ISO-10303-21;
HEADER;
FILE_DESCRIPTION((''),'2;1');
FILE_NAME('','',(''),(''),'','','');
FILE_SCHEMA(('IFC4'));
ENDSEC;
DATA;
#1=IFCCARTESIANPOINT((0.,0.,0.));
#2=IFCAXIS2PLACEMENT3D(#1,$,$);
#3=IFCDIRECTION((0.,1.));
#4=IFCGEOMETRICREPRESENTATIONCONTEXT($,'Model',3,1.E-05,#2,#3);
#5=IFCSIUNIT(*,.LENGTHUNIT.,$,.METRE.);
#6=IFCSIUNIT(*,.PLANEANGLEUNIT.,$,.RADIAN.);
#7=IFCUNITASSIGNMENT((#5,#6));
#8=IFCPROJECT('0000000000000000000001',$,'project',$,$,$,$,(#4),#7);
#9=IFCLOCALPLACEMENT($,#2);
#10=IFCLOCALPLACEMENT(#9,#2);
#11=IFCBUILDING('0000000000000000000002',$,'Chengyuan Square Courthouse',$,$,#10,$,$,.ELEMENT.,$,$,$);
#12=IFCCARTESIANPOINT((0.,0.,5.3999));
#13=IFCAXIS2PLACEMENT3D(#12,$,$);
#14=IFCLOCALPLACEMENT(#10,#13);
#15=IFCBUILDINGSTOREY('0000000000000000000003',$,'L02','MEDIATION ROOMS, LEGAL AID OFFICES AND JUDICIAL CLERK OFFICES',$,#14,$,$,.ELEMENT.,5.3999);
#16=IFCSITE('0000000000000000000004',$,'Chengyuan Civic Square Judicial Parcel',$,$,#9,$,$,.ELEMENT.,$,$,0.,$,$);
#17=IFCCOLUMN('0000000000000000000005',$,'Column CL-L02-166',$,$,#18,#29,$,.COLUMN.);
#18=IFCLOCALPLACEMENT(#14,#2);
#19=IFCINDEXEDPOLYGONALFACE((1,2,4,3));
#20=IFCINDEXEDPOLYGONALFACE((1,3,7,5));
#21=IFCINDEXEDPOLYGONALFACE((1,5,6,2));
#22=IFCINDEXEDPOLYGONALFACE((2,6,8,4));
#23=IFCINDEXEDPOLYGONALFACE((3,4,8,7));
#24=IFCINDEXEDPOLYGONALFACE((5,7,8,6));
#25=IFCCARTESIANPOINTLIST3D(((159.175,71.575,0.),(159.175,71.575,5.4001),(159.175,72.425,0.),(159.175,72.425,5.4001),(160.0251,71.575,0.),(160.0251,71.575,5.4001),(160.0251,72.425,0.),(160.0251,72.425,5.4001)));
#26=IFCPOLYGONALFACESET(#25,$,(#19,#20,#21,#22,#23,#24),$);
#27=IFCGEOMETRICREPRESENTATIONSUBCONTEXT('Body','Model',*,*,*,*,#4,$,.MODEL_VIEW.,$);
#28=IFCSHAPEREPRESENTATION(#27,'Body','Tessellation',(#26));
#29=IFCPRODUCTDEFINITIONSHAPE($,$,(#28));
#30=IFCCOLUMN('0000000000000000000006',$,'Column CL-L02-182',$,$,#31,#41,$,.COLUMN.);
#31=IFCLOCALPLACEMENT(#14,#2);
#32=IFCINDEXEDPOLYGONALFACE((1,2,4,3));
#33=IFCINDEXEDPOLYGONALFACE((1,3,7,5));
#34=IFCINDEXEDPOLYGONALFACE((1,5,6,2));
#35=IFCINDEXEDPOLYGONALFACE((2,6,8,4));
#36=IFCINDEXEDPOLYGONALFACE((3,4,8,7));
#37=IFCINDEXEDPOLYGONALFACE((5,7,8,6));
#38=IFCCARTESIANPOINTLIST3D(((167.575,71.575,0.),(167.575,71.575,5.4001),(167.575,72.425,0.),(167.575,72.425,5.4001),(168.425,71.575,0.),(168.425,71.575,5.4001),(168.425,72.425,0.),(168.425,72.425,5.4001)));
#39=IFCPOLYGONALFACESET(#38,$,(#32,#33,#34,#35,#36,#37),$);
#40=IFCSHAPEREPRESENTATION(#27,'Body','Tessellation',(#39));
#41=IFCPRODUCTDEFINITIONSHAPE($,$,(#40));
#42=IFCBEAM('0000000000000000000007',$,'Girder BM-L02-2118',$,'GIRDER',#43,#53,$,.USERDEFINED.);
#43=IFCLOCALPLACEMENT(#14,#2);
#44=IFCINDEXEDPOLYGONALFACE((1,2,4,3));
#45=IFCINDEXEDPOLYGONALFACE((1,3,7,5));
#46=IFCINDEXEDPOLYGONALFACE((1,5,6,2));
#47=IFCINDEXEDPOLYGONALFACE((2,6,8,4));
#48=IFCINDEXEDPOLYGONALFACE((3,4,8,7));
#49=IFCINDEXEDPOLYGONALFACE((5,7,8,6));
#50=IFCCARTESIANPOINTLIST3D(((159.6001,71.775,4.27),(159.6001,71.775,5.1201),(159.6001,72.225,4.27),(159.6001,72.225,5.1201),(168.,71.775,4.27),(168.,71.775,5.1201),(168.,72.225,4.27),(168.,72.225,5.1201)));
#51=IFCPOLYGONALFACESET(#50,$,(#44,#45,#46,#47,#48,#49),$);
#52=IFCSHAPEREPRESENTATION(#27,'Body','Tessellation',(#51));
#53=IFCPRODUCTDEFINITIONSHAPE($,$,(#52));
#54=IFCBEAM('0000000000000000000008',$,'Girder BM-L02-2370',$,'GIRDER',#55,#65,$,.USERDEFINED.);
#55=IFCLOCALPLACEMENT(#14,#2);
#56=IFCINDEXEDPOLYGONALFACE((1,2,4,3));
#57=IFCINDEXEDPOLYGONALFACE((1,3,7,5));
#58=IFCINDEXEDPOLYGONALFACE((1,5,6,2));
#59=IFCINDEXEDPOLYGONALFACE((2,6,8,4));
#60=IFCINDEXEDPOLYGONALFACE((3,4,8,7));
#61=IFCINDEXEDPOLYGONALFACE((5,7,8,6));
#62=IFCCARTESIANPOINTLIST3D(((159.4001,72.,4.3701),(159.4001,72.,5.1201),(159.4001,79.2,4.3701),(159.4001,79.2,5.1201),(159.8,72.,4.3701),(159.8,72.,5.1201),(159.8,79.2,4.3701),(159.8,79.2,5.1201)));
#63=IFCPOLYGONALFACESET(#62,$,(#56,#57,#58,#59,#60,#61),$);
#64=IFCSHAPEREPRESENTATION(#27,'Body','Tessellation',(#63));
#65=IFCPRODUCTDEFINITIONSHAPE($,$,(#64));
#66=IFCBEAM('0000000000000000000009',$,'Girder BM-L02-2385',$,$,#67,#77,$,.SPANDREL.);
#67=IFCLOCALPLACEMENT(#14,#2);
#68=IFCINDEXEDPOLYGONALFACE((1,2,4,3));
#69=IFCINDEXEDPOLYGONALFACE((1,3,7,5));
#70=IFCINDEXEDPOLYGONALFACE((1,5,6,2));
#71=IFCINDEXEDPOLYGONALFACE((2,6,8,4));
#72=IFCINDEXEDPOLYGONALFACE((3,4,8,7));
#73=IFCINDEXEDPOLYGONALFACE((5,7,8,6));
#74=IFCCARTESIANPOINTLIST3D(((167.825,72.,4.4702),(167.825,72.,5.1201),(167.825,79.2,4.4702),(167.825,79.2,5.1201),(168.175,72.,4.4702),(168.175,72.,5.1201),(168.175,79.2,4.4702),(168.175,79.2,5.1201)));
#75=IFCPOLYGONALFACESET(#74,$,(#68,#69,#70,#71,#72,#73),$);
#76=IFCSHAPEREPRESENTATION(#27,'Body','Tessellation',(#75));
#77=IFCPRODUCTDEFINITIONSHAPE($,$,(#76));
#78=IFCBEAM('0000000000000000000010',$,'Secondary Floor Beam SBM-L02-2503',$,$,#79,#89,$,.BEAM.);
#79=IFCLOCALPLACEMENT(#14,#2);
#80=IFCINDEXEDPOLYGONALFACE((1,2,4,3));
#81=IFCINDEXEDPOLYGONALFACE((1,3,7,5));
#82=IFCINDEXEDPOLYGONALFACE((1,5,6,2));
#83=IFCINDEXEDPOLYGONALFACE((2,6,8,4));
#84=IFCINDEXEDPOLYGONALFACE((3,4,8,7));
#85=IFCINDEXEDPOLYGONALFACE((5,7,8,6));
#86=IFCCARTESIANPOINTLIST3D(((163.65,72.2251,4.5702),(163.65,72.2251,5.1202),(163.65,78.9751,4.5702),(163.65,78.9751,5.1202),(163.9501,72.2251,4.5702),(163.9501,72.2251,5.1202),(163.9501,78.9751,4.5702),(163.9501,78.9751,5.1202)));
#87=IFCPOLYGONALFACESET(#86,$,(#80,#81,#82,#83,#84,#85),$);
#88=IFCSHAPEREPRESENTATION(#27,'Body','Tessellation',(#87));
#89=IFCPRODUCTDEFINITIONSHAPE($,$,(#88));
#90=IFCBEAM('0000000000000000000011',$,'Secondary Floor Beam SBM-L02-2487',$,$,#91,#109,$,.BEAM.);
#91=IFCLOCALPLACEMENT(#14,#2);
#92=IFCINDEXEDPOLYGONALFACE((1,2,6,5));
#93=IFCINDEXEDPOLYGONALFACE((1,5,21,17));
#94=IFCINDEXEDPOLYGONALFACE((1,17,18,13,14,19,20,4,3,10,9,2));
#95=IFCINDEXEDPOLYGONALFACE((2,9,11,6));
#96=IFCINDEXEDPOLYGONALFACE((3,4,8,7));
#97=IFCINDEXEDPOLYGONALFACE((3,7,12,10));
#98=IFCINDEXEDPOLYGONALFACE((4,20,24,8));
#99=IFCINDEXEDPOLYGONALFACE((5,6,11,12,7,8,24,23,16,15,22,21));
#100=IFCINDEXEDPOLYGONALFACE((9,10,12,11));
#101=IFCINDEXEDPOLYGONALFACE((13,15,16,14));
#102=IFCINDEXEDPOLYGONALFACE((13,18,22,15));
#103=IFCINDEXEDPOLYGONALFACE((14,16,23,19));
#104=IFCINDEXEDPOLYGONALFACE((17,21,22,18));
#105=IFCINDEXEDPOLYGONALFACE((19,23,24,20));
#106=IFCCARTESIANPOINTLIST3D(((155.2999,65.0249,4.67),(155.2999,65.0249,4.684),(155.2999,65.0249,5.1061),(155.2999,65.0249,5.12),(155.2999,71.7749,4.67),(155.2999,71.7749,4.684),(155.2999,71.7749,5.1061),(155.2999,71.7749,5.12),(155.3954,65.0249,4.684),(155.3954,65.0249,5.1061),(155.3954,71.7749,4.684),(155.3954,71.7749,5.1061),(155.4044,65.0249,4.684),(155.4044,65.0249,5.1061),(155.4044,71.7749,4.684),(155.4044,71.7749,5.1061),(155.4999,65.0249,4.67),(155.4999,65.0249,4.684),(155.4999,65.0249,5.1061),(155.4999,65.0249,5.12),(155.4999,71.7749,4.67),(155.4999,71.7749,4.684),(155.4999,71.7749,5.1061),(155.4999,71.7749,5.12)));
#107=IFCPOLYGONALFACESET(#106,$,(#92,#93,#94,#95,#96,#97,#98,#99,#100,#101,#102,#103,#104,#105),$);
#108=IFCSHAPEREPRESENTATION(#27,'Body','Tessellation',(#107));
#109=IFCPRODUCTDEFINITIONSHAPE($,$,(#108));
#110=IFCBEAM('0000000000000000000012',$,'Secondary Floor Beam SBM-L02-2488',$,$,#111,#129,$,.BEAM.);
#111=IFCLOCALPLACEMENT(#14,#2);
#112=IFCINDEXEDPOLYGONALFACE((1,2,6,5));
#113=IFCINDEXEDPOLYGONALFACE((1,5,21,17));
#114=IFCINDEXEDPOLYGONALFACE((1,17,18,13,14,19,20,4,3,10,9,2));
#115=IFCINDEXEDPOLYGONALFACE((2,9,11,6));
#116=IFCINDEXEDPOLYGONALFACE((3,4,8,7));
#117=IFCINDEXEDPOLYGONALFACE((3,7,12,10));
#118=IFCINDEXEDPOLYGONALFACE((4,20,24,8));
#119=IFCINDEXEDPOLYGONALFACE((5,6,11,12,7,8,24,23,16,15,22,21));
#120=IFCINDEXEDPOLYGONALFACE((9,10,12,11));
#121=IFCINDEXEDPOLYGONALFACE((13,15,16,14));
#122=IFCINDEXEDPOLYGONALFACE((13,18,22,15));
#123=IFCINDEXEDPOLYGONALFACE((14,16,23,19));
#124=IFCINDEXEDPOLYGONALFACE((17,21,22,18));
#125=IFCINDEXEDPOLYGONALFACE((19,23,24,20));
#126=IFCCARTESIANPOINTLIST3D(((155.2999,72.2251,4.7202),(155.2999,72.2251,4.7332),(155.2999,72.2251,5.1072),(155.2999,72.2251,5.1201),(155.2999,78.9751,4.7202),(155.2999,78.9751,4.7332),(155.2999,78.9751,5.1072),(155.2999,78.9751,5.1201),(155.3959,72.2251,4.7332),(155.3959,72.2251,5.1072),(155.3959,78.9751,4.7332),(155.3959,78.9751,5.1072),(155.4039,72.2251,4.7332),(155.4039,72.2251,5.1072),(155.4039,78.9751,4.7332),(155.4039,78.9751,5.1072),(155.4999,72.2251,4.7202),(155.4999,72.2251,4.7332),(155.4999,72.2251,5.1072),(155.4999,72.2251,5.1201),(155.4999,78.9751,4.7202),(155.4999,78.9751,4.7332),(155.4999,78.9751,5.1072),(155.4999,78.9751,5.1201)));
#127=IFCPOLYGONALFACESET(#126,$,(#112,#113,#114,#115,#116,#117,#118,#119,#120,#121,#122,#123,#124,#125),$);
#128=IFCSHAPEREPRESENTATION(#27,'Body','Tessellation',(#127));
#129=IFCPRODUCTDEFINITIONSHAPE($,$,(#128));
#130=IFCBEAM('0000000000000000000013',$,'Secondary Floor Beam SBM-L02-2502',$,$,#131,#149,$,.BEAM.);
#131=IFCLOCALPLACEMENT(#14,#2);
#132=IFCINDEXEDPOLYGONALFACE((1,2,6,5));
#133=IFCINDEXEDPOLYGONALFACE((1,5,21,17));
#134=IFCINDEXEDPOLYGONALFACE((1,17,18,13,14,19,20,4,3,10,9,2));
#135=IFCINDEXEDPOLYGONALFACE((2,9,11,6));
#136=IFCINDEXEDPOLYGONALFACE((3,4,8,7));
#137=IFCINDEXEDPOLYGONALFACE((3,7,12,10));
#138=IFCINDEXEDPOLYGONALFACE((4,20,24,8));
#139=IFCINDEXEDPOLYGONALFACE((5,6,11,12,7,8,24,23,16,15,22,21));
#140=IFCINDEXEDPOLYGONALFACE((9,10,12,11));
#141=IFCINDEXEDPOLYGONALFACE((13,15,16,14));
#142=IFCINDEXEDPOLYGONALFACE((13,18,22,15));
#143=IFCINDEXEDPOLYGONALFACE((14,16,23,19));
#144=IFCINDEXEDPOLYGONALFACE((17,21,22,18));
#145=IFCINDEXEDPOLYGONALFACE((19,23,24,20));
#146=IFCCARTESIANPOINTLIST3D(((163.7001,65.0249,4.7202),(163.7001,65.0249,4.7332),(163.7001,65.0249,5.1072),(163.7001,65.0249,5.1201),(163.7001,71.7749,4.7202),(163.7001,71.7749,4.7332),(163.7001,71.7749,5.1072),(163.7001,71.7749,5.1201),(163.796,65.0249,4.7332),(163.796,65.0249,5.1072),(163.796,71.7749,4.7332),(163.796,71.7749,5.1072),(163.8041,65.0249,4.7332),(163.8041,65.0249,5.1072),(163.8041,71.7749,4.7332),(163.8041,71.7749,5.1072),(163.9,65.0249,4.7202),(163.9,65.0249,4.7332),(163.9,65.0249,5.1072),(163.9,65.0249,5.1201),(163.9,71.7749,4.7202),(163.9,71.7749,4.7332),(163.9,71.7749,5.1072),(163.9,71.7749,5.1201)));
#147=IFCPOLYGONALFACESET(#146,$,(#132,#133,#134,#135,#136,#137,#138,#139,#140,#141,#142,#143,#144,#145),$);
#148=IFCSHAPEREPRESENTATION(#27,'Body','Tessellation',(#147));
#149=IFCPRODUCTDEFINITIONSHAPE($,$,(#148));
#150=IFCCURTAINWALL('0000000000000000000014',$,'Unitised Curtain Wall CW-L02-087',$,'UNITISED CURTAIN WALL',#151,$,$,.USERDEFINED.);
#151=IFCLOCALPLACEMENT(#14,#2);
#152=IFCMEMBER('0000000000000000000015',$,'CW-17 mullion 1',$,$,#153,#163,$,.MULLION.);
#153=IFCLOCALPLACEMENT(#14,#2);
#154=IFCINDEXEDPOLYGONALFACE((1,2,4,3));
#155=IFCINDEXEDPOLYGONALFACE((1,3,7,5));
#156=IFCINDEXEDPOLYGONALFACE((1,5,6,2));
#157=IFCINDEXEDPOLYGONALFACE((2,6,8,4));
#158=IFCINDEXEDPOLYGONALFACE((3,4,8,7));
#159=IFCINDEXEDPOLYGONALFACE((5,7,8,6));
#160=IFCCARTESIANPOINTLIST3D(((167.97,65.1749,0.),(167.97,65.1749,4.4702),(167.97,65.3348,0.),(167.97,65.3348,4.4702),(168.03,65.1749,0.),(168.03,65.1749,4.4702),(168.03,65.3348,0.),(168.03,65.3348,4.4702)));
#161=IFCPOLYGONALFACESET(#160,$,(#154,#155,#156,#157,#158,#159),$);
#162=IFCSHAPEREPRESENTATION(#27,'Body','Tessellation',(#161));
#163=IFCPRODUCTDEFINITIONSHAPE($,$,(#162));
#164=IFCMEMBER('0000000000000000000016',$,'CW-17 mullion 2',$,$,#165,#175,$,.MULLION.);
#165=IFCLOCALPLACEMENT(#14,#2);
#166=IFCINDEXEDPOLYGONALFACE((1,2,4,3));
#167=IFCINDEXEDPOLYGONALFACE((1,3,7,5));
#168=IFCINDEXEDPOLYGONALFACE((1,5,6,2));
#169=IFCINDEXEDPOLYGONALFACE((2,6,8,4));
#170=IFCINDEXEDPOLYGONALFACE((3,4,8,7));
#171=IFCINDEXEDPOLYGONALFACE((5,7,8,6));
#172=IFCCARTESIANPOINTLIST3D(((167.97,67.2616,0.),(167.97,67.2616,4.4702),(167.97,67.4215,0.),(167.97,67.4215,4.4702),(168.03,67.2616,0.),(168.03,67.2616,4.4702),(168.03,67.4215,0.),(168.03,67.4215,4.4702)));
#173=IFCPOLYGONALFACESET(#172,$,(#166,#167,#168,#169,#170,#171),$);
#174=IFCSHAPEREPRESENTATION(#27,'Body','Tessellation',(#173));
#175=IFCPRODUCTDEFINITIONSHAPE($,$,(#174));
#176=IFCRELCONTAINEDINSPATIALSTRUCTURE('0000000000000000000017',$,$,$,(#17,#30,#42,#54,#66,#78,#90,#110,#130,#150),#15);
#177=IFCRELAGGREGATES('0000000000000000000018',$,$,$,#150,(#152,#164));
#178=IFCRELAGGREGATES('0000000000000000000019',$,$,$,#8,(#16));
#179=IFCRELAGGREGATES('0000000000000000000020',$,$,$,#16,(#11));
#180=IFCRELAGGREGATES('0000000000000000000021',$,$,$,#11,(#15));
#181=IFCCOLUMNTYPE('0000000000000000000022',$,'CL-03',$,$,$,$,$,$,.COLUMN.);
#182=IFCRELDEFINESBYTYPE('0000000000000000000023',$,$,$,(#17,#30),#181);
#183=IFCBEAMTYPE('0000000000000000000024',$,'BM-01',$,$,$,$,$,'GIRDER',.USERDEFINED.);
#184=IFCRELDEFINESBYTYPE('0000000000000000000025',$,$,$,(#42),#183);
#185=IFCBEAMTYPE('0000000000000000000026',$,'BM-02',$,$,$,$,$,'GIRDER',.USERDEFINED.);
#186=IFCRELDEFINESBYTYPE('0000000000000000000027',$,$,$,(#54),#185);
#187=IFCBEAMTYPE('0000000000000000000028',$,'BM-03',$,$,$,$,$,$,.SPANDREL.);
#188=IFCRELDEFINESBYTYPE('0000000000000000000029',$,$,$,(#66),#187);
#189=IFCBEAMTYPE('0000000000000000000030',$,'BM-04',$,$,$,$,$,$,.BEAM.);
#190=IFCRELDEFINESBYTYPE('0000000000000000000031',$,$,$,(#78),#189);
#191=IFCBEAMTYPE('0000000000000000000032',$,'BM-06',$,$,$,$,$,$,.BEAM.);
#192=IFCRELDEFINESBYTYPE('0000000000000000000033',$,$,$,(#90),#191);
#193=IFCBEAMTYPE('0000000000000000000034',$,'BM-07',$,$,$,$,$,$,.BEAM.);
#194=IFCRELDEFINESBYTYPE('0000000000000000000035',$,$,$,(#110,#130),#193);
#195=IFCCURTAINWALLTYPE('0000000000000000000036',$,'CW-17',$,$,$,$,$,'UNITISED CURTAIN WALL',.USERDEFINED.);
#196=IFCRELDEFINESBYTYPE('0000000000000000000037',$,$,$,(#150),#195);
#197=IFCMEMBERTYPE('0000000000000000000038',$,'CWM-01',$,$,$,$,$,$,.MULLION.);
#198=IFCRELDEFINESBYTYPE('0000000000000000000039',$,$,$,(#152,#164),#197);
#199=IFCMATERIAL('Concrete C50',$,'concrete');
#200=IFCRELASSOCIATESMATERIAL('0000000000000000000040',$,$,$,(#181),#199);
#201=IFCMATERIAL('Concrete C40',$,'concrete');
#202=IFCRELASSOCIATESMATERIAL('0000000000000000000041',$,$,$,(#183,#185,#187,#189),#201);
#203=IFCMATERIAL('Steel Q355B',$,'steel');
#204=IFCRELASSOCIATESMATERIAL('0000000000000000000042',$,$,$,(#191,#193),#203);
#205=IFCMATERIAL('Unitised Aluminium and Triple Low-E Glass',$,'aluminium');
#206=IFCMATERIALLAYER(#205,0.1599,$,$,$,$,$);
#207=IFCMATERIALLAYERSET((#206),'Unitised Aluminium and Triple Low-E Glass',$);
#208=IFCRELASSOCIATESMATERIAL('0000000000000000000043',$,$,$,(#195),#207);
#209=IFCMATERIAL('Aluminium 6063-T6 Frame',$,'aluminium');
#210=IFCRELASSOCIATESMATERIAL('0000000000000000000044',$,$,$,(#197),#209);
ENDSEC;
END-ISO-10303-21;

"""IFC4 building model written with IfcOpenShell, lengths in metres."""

from ifc_helpers import new_model, si_unit, direction, frame, origin, origin_2d, place, context, subcontext, project, spatial, rectangle, i_section, extrude, material, layer, layer_set, material_profile, profile_set, type_object, element, aggregate, save


model = new_model("IFC4")

# Units and contexts
model_context = context("Model", 3, precision=1e-05, world=origin(), true_north=direction((0.0, 1.0)))
body_context = subcontext(model_context, "Body", "Model", "MODEL_VIEW")
ifc_project = project(units=[si_unit("LENGTHUNIT", "METRE"), si_unit("PLANEANGLEUNIT", "RADIAN")], contexts=[model_context])

# Site, building, storey
site_placement = place(None, origin())
site = spatial("IfcSite", under=ifc_project, at=site_placement, Name="Chengyuan Civic Square Judicial Parcel", CompositionType="ELEMENT", RefElevation=0.0)
building_placement = place(site_placement, origin())
building = spatial("IfcBuilding", under=site, at=building_placement, Name="Chengyuan Square Courthouse", CompositionType="ELEMENT")
storey_placement = place(building_placement, frame((0.0, 0.0, 5.3999)))
storey = spatial("IfcBuildingStorey", under=building, at=storey_placement, Name="L02", Description="MEDIATION ROOMS, LEGAL AID OFFICES AND JUDICIAL CLERK OFFICES", CompositionType="ELEMENT", Elevation=5.3999)

# Columns
ifc_material_1 = material(Name="Concrete C50", Category="concrete")
ifc_material_profile_1 = material_profile(ifc_material_1, rectangle(XDim=0.8501, YDim=0.8501, at=origin_2d()), Name="RC-COL-850x850")
ifc_profile_set_1 = profile_set([ifc_material_profile_1], Name="Concrete C50")
column_type = type_object("IfcColumnType", Name="CL-03", PredefinedType="COLUMN", material=ifc_profile_set_1)
for number, where, z_axis, x_axis, name in (
    (1, (159.6001, 72.0, 0.0), (0.0, 0.0, 1.0), (1.0, 0.0, 0.0), "Column CL-L02-166"),
    (2, (168.0, 72.0, 0.0), (0.0, 0.0, 1.0), (1.0, 0.0, 0.0), "Column CL-L02-182"),
):
    element("IfcColumn", number, at=place(storey_placement, frame(where, z_axis=z_axis, x_axis=x_axis)), inside=storey, type_object=column_type, Name=name, PredefinedType="COLUMN", context=body_context, shape_type="SweptSolid", body=[
        extrude(rectangle(XDim=0.8501, YDim=0.8501, at=origin_2d()), origin(), (0.0, 0.0, 1.0), 5.4001),
    ])

# Beams
ifc_material_2 = material(Name="Concrete C40", Category="concrete")
ifc_material_profile_2 = material_profile(ifc_material_2, rectangle(XDim=0.45, YDim=0.8501, at=origin_2d()), Name="RC-BM-450x850")
ifc_profile_set_2 = profile_set([ifc_material_profile_2], Name="Concrete C40")
beam_type_1 = type_object("IfcBeamType", Name="BM-01", ElementType="GIRDER", PredefinedType="USERDEFINED", material=ifc_profile_set_2)
beam_1_placement = place(storey_placement, frame((159.6001, 72.0, 4.6951), z_axis=(1.0, 0.0, 0.0), x_axis=(0.0, 1.0, 0.0)))
element("IfcBeam", 3, at=beam_1_placement, inside=storey, type_object=beam_type_1, Name="Girder BM-L02-2118", ObjectType="GIRDER", PredefinedType="USERDEFINED", context=body_context, shape_type="SweptSolid", body=[
    extrude(rectangle(XDim=0.45, YDim=0.8501, at=origin_2d()), origin(), (0.0, 0.0, 1.0), 8.3999),
])
ifc_material_profile_3 = material_profile(ifc_material_2, rectangle(XDim=0.3999, YDim=0.75, at=origin_2d()), Name="RC-BM-400x750")
ifc_profile_set_3 = profile_set([ifc_material_profile_3], Name="Concrete C40")
beam_type_2 = type_object("IfcBeamType", Name="BM-02", ElementType="GIRDER", PredefinedType="USERDEFINED", material=ifc_profile_set_3)
beam_2_placement = place(storey_placement, frame((159.6001, 72.0, 4.7451), z_axis=(0.0, 1.0, 0.0), x_axis=(-1.0, 0.0, 0.0)))
element("IfcBeam", 4, at=beam_2_placement, inside=storey, type_object=beam_type_2, Name="Girder BM-L02-2370", ObjectType="GIRDER", PredefinedType="USERDEFINED", context=body_context, shape_type="SweptSolid", body=[
    extrude(rectangle(XDim=0.3999, YDim=0.75, at=origin_2d()), origin(), (0.0, 0.0, 1.0), 7.2),
])
ifc_material_profile_4 = material_profile(ifc_material_2, rectangle(XDim=0.3501, YDim=0.6499, at=origin_2d()), Name="RC-BM-350x650")
ifc_profile_set_4 = profile_set([ifc_material_profile_4], Name="Concrete C40")
beam_type_3 = type_object("IfcBeamType", Name="BM-03", PredefinedType="SPANDREL", material=ifc_profile_set_4)
beam_3_placement = place(storey_placement, frame((168.0, 72.0, 4.7952), z_axis=(0.0, 1.0, 0.0), x_axis=(-1.0, 0.0, 0.0)))
element("IfcBeam", 5, at=beam_3_placement, inside=storey, type_object=beam_type_3, Name="Girder BM-L02-2385", PredefinedType="SPANDREL", context=body_context, shape_type="SweptSolid", body=[
    extrude(rectangle(XDim=0.3501, YDim=0.6499, at=origin_2d()), origin(), (0.0, 0.0, 1.0), 7.2),
])
ifc_material_profile_5 = material_profile(ifc_material_2, rectangle(XDim=0.3, YDim=0.55, at=origin_2d()), Name="RC-BM-300x550")
ifc_profile_set_5 = profile_set([ifc_material_profile_5], Name="Concrete C40")
beam_type_4 = type_object("IfcBeamType", Name="BM-04", PredefinedType="BEAM", material=ifc_profile_set_5)
beam_4_placement = place(storey_placement, frame((163.8, 72.2251, 4.8452), z_axis=(0.0, 1.0, 0.0), x_axis=(-1.0, 0.0, 0.0)))
element("IfcBeam", 6, at=beam_4_placement, inside=storey, type_object=beam_type_4, Name="Secondary Floor Beam SBM-L02-2503", PredefinedType="BEAM", context=body_context, shape_type="SweptSolid", body=[
    extrude(rectangle(XDim=0.3, YDim=0.55, at=origin_2d()), origin(), (0.0, 0.0, 1.0), 6.75),
])
ifc_material_3 = material(Name="Steel Q355B", Category="steel")
ifc_material_profile_6 = material_profile(ifc_material_3, i_section(OverallWidth=0.2, OverallDepth=0.45, WebThickness=0.009, FlangeThickness=0.0139, at=origin_2d()), Name="HN 450x200x9x14")
ifc_profile_set_6 = profile_set([ifc_material_profile_6], Name="Steel Q355B")
beam_type_5 = type_object("IfcBeamType", Name="BM-06", PredefinedType="BEAM", material=ifc_profile_set_6)
beam_5_placement = place(storey_placement, frame((155.3999, 65.0249, 4.895), z_axis=(0.0, 1.0, 0.0), x_axis=(-1.0, 0.0, 0.0)))
element("IfcBeam", 7, at=beam_5_placement, inside=storey, type_object=beam_type_5, Name="Secondary Floor Beam SBM-L02-2487", PredefinedType="BEAM", context=body_context, shape_type="SweptSolid", body=[
    extrude(i_section(OverallWidth=0.2, OverallDepth=0.45, WebThickness=0.009, FlangeThickness=0.0139, at=origin_2d()), origin(), (0.0, 0.0, 1.0), 6.75),
])
ifc_material_profile_7 = material_profile(ifc_material_3, i_section(OverallWidth=0.2, OverallDepth=0.3999, WebThickness=0.0081, FlangeThickness=0.0129, at=origin_2d()), Name="HN 400x200x8x13")
ifc_profile_set_7 = profile_set([ifc_material_profile_7], Name="Steel Q355B")
beam_type_6 = type_object("IfcBeamType", Name="BM-07", PredefinedType="BEAM", material=ifc_profile_set_7)
for number, where, z_axis, x_axis, name in (
    (8, (155.3999, 72.2251, 4.9202), (0.0, 1.0, 0.0), (-1.0, 0.0, 0.0), "Secondary Floor Beam SBM-L02-2488"),
    (9, (163.8, 65.0249, 4.9202), (0.0, 1.0, 0.0), (-1.0, 0.0, 0.0), "Secondary Floor Beam SBM-L02-2502"),
):
    element("IfcBeam", number, at=place(storey_placement, frame(where, z_axis=z_axis, x_axis=x_axis)), inside=storey, type_object=beam_type_6, Name=name, PredefinedType="BEAM", context=body_context, shape_type="SweptSolid", body=[
        extrude(i_section(OverallWidth=0.2, OverallDepth=0.3999, WebThickness=0.0081, FlangeThickness=0.0129, at=origin_2d()), origin(), (0.0, 0.0, 1.0), 6.75),
    ])

# Curtain wall, members
ifc_material_4 = material(Name="Unitised Aluminium and Triple Low-E Glass", Category="aluminium")
ifc_layer_1 = layer(ifc_material_4, 0.1599)
ifc_layer_set_1 = layer_set([ifc_layer_1], Name="Unitised Aluminium and Triple Low-E Glass")
curtain_wall_type = type_object("IfcCurtainWallType", Name="CW-17", ElementType="UNITISED CURTAIN WALL", PredefinedType="USERDEFINED", material=ifc_layer_set_1)
curtain_wall_placement = place(storey_placement, origin())
curtain_wall = element("IfcCurtainWall", 10, at=curtain_wall_placement, inside=storey, type_object=curtain_wall_type, Name="Unitised Curtain Wall CW-L02-087", ObjectType="UNITISED CURTAIN WALL", PredefinedType="USERDEFINED")
ifc_material_5 = material(Name="Aluminium 6063-T6 Frame", Category="aluminium")
ifc_material_profile_8 = material_profile(ifc_material_5, rectangle(XDim=0.0601, YDim=0.1599, at=origin_2d()), Name="CW-MUL-60x160")
ifc_profile_set_8 = profile_set([ifc_material_profile_8], Name="Aluminium 6063-T6 Frame")
member_type_1 = type_object("IfcMemberType", Name="CWM-01", PredefinedType="MULLION", material=ifc_profile_set_8)
member_1_placement = place(storey_placement, frame((168.0, 65.2549, 0.0), z_axis=(0.0, 0.0, 1.0), x_axis=(-1.0, 0.0, 0.0)))
member_1 = element("IfcMember", 11, at=member_1_placement, type_object=member_type_1, Name="CW-17 mullion 1", PredefinedType="MULLION", context=body_context, shape_type="SweptSolid", body=[
    extrude(rectangle(XDim=0.0601, YDim=0.1599, at=origin_2d()), origin(), (0.0, 0.0, 1.0), 4.4702),
])
member_2_placement = place(storey_placement, frame((168.0, 67.3416, 0.0), z_axis=(0.0, 0.0, 1.0), x_axis=(-1.0, 0.0, 0.0)))
member_2 = element("IfcMember", 12, at=member_2_placement, type_object=member_type_1, Name="CW-17 mullion 2", PredefinedType="MULLION", context=body_context, shape_type="SweptSolid", body=[
    extrude(rectangle(XDim=0.0601, YDim=0.1599, at=origin_2d()), origin(), (0.0, 0.0, 1.0), 4.4702),
])
aggregate(curtain_wall, [member_1, member_2])

save(model, "model.ifc")
